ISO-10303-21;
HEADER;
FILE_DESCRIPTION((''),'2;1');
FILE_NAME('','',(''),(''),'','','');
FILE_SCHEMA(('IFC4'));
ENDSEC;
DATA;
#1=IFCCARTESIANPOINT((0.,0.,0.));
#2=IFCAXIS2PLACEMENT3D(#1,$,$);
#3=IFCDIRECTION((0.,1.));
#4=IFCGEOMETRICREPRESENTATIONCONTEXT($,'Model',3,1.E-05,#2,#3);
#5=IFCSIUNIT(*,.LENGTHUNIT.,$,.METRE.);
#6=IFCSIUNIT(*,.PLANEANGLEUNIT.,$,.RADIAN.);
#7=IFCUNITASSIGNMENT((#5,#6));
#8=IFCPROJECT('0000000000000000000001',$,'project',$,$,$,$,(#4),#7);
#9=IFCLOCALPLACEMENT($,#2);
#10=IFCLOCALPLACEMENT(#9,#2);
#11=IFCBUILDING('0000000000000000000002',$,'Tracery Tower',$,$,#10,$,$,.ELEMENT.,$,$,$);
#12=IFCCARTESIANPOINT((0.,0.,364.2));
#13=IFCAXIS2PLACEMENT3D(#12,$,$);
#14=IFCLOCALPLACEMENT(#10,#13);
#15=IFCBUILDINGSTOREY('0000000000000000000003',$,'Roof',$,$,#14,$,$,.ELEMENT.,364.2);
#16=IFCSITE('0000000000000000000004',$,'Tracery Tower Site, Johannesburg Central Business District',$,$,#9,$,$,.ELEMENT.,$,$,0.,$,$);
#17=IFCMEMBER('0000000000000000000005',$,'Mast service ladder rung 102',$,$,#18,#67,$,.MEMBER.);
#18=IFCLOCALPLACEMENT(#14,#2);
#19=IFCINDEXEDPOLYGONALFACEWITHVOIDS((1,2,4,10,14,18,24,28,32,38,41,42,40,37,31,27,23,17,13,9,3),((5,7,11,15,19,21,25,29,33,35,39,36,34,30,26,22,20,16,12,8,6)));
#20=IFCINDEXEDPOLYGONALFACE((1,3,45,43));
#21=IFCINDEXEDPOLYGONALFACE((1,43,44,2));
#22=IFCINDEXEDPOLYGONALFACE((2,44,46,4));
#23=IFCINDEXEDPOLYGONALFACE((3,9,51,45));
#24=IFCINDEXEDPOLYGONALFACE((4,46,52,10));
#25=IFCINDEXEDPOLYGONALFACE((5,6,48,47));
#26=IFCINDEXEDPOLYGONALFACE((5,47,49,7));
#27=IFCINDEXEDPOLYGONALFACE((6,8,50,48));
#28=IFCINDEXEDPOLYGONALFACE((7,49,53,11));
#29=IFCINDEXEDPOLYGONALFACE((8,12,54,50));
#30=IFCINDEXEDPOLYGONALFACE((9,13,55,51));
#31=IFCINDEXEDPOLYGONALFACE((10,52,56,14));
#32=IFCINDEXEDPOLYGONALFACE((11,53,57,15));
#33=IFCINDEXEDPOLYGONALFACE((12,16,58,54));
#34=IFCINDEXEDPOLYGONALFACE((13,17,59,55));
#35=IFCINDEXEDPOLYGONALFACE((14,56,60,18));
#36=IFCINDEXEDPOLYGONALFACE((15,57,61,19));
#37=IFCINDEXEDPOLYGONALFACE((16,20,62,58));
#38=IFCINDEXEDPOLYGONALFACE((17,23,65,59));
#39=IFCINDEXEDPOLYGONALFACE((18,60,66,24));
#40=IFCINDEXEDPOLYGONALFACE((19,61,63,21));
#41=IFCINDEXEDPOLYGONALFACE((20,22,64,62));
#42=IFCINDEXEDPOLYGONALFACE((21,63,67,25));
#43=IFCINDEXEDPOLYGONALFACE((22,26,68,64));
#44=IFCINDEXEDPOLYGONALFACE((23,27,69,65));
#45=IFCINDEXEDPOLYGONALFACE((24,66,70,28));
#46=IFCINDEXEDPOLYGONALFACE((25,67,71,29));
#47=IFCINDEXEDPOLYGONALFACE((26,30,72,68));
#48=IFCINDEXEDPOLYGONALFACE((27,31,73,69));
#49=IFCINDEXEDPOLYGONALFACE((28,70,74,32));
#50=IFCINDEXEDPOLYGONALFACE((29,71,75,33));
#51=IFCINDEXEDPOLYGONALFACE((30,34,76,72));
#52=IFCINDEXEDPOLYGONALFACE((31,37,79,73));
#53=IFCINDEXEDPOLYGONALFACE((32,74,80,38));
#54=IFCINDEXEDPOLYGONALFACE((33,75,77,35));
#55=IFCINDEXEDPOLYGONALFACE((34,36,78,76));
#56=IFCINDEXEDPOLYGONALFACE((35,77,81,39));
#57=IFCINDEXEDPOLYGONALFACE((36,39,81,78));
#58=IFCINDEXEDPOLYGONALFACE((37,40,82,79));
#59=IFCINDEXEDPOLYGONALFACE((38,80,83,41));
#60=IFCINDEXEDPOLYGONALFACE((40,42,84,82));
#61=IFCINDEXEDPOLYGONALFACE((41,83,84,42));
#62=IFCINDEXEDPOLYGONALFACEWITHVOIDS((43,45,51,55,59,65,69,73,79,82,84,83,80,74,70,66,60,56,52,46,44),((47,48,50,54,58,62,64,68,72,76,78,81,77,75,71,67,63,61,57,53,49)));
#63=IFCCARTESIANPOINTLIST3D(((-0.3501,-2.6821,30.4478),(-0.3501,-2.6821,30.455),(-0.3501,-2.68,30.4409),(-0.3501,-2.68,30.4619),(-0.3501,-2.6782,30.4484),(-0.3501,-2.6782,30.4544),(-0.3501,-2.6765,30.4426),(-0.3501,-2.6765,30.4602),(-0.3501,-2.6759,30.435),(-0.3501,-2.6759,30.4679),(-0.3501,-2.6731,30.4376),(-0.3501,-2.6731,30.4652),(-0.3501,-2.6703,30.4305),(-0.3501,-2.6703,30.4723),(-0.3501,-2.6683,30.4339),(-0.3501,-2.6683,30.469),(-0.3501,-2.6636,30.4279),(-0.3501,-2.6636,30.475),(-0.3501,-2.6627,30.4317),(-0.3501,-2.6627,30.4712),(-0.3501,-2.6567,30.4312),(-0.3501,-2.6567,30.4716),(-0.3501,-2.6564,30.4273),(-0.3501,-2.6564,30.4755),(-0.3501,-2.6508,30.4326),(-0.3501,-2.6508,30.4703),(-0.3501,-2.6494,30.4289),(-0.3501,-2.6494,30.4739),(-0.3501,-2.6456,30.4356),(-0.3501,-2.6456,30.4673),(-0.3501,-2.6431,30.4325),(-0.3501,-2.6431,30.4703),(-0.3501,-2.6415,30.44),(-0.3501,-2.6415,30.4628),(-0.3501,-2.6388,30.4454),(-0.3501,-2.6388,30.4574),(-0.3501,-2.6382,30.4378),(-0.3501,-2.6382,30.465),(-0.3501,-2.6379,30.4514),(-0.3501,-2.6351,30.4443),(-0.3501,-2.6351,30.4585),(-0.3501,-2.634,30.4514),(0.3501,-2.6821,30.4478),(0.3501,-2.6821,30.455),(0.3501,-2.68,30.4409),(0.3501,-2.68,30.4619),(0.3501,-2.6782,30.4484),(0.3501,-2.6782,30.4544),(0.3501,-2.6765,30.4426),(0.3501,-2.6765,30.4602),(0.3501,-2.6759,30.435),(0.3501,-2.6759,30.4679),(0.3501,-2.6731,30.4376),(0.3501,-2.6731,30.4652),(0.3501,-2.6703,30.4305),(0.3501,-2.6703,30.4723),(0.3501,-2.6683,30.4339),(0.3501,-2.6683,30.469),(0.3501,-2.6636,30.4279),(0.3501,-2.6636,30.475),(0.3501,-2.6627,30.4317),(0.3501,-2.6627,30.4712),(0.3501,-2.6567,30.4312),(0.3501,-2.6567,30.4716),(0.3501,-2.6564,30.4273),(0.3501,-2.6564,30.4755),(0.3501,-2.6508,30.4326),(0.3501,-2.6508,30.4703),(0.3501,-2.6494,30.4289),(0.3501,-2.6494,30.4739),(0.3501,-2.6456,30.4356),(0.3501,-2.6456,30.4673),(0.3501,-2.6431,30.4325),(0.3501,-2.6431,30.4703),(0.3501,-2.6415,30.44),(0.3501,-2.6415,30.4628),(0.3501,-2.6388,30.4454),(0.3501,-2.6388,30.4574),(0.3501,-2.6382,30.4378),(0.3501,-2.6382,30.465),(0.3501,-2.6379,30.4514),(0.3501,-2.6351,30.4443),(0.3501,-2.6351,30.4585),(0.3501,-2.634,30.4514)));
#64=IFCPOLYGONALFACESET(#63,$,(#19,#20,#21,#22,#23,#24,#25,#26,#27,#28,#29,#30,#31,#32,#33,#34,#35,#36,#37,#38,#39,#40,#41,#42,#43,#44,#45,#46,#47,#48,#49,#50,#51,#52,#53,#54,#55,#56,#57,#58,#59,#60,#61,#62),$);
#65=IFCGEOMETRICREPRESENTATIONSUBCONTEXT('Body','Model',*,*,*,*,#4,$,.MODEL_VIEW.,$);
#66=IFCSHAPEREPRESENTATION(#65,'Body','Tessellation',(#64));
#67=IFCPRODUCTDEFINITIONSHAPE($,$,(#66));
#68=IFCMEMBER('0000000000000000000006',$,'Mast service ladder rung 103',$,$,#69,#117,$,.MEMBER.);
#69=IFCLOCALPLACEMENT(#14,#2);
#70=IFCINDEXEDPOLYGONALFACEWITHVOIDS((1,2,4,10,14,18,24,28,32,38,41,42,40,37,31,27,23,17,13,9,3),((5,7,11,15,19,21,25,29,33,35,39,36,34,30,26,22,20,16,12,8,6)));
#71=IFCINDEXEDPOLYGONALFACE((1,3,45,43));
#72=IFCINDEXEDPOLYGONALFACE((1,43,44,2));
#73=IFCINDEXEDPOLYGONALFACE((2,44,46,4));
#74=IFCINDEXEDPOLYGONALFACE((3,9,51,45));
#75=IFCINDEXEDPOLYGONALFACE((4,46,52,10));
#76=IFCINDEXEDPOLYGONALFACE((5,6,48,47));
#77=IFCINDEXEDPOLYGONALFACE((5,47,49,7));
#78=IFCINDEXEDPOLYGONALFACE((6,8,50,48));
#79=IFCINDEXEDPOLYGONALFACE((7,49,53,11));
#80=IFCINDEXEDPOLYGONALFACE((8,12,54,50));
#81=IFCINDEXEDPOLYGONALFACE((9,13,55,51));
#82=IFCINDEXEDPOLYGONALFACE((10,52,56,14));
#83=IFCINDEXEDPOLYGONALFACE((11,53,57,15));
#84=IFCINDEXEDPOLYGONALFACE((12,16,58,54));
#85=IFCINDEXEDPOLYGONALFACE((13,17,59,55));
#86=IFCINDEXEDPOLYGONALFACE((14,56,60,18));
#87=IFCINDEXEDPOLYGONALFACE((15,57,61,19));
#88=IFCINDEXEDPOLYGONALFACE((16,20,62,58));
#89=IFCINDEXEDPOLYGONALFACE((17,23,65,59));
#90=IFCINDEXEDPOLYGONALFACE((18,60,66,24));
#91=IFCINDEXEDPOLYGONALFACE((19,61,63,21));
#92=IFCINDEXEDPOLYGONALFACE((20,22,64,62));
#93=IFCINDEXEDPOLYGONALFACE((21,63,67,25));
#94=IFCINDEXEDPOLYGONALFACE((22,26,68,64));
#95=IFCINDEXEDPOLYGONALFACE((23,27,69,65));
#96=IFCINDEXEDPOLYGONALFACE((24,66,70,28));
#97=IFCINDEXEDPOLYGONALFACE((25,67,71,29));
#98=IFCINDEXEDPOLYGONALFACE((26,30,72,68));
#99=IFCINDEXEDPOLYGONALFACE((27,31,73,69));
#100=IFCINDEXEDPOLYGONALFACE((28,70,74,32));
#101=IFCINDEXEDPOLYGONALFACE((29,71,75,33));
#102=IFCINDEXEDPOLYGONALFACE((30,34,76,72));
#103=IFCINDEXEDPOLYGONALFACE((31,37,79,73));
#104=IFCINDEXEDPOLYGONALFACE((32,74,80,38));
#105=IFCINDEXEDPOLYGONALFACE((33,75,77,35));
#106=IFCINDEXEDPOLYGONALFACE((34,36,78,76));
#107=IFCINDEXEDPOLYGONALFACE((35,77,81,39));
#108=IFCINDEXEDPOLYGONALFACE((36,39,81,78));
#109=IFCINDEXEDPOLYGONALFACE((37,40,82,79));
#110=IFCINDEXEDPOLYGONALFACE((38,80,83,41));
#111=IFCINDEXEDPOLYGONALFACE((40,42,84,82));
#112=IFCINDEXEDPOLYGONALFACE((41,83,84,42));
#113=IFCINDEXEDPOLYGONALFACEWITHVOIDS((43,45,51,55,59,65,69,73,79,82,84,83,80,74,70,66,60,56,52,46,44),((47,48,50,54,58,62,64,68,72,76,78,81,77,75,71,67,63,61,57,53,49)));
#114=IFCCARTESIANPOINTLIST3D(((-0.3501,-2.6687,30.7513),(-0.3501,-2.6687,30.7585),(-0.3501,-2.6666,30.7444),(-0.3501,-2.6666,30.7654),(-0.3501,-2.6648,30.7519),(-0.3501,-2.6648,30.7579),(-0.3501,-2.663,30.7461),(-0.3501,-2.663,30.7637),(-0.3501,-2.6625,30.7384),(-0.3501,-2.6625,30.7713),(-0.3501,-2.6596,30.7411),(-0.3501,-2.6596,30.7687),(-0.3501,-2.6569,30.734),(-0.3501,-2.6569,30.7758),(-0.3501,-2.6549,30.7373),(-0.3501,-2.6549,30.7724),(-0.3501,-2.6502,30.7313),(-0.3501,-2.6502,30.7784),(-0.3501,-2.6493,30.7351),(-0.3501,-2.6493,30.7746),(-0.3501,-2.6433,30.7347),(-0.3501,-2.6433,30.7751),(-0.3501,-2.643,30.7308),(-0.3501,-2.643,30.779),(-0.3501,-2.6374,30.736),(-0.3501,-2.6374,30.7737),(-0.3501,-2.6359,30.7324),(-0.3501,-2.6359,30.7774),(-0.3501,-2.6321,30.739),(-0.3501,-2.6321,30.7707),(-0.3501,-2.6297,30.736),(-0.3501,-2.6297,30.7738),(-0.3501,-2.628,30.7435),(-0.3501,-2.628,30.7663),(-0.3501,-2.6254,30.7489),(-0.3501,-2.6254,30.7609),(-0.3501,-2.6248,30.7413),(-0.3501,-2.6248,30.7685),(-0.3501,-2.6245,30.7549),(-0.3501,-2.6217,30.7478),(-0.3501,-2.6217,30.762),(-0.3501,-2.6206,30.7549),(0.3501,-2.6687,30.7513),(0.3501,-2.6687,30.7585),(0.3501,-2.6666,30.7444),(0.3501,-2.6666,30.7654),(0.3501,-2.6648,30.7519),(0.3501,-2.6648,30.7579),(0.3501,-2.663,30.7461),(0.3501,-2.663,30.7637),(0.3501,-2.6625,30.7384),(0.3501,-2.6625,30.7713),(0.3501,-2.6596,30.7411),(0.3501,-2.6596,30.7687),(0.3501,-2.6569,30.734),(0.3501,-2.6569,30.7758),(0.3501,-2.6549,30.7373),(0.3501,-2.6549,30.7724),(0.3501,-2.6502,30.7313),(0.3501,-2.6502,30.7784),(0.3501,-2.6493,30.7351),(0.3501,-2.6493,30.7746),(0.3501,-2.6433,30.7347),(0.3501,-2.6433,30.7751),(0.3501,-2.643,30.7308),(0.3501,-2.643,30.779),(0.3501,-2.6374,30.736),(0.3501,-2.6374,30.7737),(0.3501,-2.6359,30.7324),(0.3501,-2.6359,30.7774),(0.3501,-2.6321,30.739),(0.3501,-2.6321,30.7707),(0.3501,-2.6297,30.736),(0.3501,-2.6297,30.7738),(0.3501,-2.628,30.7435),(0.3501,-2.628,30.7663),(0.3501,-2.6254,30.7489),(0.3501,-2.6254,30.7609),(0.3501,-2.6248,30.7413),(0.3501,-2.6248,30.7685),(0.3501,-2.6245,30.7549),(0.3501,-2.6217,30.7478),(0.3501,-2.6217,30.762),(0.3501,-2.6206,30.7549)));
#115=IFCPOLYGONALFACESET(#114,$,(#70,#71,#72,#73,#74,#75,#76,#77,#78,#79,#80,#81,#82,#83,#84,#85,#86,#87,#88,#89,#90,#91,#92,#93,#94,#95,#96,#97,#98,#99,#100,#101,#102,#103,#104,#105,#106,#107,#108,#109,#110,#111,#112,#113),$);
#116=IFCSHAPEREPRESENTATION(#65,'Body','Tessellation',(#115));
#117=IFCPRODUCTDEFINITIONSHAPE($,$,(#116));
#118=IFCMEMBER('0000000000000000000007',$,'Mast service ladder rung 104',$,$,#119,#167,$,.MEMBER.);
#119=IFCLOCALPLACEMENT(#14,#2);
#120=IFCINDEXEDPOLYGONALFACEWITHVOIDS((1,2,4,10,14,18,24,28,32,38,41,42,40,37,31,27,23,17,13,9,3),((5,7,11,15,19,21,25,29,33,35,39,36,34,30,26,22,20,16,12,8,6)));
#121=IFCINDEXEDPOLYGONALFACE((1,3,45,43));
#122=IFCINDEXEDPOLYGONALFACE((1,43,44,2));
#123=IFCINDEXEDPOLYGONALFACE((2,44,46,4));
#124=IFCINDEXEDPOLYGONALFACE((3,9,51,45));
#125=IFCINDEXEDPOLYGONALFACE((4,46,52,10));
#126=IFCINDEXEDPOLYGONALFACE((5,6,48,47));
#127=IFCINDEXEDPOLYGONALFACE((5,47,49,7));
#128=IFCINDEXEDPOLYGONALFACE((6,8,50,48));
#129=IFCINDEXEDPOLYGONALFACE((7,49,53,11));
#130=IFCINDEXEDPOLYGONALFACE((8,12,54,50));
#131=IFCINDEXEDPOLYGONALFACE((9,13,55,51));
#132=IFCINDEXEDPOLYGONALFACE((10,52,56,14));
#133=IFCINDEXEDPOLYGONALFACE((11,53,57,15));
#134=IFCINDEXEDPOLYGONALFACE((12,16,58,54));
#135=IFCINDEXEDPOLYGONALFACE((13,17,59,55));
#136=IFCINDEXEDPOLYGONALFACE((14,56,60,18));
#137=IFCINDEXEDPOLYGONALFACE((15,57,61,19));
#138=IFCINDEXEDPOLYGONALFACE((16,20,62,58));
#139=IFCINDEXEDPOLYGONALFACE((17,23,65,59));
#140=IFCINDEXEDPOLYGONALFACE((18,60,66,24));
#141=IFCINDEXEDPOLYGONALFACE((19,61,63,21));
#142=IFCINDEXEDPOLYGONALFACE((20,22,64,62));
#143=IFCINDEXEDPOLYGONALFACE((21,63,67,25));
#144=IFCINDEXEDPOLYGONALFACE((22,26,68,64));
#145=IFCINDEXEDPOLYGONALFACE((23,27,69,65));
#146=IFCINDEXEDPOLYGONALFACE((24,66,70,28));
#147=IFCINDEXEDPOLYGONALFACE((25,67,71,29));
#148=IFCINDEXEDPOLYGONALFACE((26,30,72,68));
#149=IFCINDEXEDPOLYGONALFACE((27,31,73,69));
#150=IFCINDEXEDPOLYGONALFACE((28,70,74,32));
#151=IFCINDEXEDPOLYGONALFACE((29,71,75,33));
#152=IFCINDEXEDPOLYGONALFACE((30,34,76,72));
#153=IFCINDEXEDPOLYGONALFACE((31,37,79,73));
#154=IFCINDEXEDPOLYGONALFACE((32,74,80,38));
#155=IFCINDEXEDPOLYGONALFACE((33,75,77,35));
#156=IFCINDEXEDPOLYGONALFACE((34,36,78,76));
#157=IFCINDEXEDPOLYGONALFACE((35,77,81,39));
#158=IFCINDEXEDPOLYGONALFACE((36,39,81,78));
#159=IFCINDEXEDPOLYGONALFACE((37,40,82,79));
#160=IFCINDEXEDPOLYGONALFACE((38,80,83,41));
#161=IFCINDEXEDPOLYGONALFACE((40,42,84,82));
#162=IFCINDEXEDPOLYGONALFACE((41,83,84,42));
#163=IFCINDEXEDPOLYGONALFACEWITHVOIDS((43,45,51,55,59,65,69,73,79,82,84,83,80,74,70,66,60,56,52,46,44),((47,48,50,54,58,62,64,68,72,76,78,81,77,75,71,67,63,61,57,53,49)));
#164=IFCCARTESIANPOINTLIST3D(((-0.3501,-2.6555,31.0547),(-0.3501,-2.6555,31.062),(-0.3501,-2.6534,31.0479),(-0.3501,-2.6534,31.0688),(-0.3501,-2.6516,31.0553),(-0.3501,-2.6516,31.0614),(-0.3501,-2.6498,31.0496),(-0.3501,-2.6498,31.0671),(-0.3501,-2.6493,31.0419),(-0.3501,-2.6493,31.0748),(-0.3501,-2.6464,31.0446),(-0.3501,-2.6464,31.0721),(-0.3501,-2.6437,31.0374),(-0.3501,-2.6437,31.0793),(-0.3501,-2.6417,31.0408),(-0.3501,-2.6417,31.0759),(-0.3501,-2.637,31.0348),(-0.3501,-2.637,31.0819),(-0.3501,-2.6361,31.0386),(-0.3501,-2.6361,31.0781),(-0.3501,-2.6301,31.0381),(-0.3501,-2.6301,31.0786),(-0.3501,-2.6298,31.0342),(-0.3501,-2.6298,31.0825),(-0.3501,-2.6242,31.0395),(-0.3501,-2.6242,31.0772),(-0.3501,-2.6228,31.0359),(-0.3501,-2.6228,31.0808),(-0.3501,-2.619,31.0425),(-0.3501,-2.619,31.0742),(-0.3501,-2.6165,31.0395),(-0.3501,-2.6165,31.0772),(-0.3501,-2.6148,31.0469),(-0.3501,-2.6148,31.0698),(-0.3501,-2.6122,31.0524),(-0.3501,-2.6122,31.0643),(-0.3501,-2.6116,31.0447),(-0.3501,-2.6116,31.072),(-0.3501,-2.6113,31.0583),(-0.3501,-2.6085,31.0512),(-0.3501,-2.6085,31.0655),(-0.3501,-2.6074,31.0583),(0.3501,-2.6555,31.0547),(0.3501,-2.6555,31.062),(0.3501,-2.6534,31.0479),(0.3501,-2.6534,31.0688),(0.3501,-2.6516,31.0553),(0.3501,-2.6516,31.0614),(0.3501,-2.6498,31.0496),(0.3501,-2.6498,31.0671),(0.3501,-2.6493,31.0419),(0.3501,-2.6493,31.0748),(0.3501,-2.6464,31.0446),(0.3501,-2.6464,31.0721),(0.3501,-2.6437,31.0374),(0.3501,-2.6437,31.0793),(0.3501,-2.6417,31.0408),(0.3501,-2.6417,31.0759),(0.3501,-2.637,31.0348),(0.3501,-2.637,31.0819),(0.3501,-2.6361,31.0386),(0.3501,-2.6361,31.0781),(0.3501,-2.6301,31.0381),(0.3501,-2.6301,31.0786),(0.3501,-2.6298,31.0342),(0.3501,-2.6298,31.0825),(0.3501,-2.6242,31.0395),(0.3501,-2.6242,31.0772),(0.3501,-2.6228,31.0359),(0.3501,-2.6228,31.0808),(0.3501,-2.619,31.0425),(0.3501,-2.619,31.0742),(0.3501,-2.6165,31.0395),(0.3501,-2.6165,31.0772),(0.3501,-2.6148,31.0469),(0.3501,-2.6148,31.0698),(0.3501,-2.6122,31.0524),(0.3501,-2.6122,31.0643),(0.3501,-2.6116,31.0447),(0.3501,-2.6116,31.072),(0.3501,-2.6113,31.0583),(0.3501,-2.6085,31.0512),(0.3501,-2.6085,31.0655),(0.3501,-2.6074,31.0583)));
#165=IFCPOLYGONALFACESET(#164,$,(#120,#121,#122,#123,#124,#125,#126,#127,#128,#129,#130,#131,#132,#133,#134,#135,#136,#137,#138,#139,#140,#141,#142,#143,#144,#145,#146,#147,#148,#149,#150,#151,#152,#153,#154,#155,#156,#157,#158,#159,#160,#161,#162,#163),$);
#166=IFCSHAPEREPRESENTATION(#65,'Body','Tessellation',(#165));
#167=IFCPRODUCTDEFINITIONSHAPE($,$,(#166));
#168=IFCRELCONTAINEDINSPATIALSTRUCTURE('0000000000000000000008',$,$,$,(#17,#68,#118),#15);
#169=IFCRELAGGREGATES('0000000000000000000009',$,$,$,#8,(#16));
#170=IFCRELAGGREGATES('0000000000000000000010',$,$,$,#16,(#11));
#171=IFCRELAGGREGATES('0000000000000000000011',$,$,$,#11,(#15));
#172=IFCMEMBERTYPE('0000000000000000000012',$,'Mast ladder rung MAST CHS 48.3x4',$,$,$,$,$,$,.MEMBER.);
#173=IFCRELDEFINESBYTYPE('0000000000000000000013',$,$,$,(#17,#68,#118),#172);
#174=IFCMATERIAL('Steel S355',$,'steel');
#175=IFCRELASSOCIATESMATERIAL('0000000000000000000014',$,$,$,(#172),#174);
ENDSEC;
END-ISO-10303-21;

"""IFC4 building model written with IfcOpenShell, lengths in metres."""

from ifc_helpers import new_model, si_unit, direction, frame, origin, origin_2d, place, context, subcontext, project, spatial, hollow_circle, extrude, material, material_profile, profile_set, type_object, element, save


model = new_model("IFC4")

# Units and contexts
model_context = context("Model", 3, precision=1e-05, world=origin(), true_north=direction((0.0, 1.0)))
body_context = subcontext(model_context, "Body", "Model", "MODEL_VIEW")
ifc_project = project(units=[si_unit("LENGTHUNIT", "METRE"), si_unit("PLANEANGLEUNIT", "RADIAN")], contexts=[model_context])

# Site, building, storey
site_placement = place(None, origin())
site = spatial("IfcSite", under=ifc_project, at=site_placement, Name="Tracery Tower Site, Johannesburg Central Business District", CompositionType="ELEMENT", RefElevation=0.0)
building_placement = place(site_placement, origin())
building = spatial("IfcBuilding", under=site, at=building_placement, Name="Tracery Tower", CompositionType="ELEMENT")
storey_placement = place(building_placement, frame((0.0, 0.0, 364.2)))
storey = spatial("IfcBuildingStorey", under=building, at=storey_placement, Name="Roof", CompositionType="ELEMENT", Elevation=364.2)

# Members
ifc_material_1 = material(Name="Steel S355", Category="steel")
ifc_material_profile_1 = material_profile(ifc_material_1, hollow_circle(Radius=0.0242, WallThickness=0.0039, at=origin_2d()), Name="CHS 48.3x4")
ifc_profile_set_1 = profile_set([ifc_material_profile_1], Name="Steel S355")
member_type_1 = type_object("IfcMemberType", Name="Mast ladder rung MAST CHS 48.3x4", PredefinedType="MEMBER", material=ifc_profile_set_1)
for number, where, z_axis, x_axis, name in (
    (1, (-0.3501, -2.6582, 30.4514), (1.0, 0.0, 0.0), (0.0, 1.0, 0.0), "Mast service ladder rung 102"),
    (2, (-0.3501, -2.6448, 30.7549), (1.0, 0.0, 0.0), (0.0, 1.0, 0.0), "Mast service ladder rung 103"),
    (3, (-0.3501, -2.6316, 31.0583), (1.0, 0.0, 0.0), (0.0, 1.0, 0.0), "Mast service ladder rung 104"),
):
    element("IfcMember", number, at=place(storey_placement, frame(where, z_axis=z_axis, x_axis=x_axis)), inside=storey, type_object=member_type_1, Name=name, PredefinedType="MEMBER", context=body_context, shape_type="SweptSolid", body=[
        extrude(hollow_circle(Radius=0.0242, WallThickness=0.0039, at=origin_2d()), origin(), (0.0, 0.0, 1.0), 0.7002),
    ])

save(model, "model.ifc")
